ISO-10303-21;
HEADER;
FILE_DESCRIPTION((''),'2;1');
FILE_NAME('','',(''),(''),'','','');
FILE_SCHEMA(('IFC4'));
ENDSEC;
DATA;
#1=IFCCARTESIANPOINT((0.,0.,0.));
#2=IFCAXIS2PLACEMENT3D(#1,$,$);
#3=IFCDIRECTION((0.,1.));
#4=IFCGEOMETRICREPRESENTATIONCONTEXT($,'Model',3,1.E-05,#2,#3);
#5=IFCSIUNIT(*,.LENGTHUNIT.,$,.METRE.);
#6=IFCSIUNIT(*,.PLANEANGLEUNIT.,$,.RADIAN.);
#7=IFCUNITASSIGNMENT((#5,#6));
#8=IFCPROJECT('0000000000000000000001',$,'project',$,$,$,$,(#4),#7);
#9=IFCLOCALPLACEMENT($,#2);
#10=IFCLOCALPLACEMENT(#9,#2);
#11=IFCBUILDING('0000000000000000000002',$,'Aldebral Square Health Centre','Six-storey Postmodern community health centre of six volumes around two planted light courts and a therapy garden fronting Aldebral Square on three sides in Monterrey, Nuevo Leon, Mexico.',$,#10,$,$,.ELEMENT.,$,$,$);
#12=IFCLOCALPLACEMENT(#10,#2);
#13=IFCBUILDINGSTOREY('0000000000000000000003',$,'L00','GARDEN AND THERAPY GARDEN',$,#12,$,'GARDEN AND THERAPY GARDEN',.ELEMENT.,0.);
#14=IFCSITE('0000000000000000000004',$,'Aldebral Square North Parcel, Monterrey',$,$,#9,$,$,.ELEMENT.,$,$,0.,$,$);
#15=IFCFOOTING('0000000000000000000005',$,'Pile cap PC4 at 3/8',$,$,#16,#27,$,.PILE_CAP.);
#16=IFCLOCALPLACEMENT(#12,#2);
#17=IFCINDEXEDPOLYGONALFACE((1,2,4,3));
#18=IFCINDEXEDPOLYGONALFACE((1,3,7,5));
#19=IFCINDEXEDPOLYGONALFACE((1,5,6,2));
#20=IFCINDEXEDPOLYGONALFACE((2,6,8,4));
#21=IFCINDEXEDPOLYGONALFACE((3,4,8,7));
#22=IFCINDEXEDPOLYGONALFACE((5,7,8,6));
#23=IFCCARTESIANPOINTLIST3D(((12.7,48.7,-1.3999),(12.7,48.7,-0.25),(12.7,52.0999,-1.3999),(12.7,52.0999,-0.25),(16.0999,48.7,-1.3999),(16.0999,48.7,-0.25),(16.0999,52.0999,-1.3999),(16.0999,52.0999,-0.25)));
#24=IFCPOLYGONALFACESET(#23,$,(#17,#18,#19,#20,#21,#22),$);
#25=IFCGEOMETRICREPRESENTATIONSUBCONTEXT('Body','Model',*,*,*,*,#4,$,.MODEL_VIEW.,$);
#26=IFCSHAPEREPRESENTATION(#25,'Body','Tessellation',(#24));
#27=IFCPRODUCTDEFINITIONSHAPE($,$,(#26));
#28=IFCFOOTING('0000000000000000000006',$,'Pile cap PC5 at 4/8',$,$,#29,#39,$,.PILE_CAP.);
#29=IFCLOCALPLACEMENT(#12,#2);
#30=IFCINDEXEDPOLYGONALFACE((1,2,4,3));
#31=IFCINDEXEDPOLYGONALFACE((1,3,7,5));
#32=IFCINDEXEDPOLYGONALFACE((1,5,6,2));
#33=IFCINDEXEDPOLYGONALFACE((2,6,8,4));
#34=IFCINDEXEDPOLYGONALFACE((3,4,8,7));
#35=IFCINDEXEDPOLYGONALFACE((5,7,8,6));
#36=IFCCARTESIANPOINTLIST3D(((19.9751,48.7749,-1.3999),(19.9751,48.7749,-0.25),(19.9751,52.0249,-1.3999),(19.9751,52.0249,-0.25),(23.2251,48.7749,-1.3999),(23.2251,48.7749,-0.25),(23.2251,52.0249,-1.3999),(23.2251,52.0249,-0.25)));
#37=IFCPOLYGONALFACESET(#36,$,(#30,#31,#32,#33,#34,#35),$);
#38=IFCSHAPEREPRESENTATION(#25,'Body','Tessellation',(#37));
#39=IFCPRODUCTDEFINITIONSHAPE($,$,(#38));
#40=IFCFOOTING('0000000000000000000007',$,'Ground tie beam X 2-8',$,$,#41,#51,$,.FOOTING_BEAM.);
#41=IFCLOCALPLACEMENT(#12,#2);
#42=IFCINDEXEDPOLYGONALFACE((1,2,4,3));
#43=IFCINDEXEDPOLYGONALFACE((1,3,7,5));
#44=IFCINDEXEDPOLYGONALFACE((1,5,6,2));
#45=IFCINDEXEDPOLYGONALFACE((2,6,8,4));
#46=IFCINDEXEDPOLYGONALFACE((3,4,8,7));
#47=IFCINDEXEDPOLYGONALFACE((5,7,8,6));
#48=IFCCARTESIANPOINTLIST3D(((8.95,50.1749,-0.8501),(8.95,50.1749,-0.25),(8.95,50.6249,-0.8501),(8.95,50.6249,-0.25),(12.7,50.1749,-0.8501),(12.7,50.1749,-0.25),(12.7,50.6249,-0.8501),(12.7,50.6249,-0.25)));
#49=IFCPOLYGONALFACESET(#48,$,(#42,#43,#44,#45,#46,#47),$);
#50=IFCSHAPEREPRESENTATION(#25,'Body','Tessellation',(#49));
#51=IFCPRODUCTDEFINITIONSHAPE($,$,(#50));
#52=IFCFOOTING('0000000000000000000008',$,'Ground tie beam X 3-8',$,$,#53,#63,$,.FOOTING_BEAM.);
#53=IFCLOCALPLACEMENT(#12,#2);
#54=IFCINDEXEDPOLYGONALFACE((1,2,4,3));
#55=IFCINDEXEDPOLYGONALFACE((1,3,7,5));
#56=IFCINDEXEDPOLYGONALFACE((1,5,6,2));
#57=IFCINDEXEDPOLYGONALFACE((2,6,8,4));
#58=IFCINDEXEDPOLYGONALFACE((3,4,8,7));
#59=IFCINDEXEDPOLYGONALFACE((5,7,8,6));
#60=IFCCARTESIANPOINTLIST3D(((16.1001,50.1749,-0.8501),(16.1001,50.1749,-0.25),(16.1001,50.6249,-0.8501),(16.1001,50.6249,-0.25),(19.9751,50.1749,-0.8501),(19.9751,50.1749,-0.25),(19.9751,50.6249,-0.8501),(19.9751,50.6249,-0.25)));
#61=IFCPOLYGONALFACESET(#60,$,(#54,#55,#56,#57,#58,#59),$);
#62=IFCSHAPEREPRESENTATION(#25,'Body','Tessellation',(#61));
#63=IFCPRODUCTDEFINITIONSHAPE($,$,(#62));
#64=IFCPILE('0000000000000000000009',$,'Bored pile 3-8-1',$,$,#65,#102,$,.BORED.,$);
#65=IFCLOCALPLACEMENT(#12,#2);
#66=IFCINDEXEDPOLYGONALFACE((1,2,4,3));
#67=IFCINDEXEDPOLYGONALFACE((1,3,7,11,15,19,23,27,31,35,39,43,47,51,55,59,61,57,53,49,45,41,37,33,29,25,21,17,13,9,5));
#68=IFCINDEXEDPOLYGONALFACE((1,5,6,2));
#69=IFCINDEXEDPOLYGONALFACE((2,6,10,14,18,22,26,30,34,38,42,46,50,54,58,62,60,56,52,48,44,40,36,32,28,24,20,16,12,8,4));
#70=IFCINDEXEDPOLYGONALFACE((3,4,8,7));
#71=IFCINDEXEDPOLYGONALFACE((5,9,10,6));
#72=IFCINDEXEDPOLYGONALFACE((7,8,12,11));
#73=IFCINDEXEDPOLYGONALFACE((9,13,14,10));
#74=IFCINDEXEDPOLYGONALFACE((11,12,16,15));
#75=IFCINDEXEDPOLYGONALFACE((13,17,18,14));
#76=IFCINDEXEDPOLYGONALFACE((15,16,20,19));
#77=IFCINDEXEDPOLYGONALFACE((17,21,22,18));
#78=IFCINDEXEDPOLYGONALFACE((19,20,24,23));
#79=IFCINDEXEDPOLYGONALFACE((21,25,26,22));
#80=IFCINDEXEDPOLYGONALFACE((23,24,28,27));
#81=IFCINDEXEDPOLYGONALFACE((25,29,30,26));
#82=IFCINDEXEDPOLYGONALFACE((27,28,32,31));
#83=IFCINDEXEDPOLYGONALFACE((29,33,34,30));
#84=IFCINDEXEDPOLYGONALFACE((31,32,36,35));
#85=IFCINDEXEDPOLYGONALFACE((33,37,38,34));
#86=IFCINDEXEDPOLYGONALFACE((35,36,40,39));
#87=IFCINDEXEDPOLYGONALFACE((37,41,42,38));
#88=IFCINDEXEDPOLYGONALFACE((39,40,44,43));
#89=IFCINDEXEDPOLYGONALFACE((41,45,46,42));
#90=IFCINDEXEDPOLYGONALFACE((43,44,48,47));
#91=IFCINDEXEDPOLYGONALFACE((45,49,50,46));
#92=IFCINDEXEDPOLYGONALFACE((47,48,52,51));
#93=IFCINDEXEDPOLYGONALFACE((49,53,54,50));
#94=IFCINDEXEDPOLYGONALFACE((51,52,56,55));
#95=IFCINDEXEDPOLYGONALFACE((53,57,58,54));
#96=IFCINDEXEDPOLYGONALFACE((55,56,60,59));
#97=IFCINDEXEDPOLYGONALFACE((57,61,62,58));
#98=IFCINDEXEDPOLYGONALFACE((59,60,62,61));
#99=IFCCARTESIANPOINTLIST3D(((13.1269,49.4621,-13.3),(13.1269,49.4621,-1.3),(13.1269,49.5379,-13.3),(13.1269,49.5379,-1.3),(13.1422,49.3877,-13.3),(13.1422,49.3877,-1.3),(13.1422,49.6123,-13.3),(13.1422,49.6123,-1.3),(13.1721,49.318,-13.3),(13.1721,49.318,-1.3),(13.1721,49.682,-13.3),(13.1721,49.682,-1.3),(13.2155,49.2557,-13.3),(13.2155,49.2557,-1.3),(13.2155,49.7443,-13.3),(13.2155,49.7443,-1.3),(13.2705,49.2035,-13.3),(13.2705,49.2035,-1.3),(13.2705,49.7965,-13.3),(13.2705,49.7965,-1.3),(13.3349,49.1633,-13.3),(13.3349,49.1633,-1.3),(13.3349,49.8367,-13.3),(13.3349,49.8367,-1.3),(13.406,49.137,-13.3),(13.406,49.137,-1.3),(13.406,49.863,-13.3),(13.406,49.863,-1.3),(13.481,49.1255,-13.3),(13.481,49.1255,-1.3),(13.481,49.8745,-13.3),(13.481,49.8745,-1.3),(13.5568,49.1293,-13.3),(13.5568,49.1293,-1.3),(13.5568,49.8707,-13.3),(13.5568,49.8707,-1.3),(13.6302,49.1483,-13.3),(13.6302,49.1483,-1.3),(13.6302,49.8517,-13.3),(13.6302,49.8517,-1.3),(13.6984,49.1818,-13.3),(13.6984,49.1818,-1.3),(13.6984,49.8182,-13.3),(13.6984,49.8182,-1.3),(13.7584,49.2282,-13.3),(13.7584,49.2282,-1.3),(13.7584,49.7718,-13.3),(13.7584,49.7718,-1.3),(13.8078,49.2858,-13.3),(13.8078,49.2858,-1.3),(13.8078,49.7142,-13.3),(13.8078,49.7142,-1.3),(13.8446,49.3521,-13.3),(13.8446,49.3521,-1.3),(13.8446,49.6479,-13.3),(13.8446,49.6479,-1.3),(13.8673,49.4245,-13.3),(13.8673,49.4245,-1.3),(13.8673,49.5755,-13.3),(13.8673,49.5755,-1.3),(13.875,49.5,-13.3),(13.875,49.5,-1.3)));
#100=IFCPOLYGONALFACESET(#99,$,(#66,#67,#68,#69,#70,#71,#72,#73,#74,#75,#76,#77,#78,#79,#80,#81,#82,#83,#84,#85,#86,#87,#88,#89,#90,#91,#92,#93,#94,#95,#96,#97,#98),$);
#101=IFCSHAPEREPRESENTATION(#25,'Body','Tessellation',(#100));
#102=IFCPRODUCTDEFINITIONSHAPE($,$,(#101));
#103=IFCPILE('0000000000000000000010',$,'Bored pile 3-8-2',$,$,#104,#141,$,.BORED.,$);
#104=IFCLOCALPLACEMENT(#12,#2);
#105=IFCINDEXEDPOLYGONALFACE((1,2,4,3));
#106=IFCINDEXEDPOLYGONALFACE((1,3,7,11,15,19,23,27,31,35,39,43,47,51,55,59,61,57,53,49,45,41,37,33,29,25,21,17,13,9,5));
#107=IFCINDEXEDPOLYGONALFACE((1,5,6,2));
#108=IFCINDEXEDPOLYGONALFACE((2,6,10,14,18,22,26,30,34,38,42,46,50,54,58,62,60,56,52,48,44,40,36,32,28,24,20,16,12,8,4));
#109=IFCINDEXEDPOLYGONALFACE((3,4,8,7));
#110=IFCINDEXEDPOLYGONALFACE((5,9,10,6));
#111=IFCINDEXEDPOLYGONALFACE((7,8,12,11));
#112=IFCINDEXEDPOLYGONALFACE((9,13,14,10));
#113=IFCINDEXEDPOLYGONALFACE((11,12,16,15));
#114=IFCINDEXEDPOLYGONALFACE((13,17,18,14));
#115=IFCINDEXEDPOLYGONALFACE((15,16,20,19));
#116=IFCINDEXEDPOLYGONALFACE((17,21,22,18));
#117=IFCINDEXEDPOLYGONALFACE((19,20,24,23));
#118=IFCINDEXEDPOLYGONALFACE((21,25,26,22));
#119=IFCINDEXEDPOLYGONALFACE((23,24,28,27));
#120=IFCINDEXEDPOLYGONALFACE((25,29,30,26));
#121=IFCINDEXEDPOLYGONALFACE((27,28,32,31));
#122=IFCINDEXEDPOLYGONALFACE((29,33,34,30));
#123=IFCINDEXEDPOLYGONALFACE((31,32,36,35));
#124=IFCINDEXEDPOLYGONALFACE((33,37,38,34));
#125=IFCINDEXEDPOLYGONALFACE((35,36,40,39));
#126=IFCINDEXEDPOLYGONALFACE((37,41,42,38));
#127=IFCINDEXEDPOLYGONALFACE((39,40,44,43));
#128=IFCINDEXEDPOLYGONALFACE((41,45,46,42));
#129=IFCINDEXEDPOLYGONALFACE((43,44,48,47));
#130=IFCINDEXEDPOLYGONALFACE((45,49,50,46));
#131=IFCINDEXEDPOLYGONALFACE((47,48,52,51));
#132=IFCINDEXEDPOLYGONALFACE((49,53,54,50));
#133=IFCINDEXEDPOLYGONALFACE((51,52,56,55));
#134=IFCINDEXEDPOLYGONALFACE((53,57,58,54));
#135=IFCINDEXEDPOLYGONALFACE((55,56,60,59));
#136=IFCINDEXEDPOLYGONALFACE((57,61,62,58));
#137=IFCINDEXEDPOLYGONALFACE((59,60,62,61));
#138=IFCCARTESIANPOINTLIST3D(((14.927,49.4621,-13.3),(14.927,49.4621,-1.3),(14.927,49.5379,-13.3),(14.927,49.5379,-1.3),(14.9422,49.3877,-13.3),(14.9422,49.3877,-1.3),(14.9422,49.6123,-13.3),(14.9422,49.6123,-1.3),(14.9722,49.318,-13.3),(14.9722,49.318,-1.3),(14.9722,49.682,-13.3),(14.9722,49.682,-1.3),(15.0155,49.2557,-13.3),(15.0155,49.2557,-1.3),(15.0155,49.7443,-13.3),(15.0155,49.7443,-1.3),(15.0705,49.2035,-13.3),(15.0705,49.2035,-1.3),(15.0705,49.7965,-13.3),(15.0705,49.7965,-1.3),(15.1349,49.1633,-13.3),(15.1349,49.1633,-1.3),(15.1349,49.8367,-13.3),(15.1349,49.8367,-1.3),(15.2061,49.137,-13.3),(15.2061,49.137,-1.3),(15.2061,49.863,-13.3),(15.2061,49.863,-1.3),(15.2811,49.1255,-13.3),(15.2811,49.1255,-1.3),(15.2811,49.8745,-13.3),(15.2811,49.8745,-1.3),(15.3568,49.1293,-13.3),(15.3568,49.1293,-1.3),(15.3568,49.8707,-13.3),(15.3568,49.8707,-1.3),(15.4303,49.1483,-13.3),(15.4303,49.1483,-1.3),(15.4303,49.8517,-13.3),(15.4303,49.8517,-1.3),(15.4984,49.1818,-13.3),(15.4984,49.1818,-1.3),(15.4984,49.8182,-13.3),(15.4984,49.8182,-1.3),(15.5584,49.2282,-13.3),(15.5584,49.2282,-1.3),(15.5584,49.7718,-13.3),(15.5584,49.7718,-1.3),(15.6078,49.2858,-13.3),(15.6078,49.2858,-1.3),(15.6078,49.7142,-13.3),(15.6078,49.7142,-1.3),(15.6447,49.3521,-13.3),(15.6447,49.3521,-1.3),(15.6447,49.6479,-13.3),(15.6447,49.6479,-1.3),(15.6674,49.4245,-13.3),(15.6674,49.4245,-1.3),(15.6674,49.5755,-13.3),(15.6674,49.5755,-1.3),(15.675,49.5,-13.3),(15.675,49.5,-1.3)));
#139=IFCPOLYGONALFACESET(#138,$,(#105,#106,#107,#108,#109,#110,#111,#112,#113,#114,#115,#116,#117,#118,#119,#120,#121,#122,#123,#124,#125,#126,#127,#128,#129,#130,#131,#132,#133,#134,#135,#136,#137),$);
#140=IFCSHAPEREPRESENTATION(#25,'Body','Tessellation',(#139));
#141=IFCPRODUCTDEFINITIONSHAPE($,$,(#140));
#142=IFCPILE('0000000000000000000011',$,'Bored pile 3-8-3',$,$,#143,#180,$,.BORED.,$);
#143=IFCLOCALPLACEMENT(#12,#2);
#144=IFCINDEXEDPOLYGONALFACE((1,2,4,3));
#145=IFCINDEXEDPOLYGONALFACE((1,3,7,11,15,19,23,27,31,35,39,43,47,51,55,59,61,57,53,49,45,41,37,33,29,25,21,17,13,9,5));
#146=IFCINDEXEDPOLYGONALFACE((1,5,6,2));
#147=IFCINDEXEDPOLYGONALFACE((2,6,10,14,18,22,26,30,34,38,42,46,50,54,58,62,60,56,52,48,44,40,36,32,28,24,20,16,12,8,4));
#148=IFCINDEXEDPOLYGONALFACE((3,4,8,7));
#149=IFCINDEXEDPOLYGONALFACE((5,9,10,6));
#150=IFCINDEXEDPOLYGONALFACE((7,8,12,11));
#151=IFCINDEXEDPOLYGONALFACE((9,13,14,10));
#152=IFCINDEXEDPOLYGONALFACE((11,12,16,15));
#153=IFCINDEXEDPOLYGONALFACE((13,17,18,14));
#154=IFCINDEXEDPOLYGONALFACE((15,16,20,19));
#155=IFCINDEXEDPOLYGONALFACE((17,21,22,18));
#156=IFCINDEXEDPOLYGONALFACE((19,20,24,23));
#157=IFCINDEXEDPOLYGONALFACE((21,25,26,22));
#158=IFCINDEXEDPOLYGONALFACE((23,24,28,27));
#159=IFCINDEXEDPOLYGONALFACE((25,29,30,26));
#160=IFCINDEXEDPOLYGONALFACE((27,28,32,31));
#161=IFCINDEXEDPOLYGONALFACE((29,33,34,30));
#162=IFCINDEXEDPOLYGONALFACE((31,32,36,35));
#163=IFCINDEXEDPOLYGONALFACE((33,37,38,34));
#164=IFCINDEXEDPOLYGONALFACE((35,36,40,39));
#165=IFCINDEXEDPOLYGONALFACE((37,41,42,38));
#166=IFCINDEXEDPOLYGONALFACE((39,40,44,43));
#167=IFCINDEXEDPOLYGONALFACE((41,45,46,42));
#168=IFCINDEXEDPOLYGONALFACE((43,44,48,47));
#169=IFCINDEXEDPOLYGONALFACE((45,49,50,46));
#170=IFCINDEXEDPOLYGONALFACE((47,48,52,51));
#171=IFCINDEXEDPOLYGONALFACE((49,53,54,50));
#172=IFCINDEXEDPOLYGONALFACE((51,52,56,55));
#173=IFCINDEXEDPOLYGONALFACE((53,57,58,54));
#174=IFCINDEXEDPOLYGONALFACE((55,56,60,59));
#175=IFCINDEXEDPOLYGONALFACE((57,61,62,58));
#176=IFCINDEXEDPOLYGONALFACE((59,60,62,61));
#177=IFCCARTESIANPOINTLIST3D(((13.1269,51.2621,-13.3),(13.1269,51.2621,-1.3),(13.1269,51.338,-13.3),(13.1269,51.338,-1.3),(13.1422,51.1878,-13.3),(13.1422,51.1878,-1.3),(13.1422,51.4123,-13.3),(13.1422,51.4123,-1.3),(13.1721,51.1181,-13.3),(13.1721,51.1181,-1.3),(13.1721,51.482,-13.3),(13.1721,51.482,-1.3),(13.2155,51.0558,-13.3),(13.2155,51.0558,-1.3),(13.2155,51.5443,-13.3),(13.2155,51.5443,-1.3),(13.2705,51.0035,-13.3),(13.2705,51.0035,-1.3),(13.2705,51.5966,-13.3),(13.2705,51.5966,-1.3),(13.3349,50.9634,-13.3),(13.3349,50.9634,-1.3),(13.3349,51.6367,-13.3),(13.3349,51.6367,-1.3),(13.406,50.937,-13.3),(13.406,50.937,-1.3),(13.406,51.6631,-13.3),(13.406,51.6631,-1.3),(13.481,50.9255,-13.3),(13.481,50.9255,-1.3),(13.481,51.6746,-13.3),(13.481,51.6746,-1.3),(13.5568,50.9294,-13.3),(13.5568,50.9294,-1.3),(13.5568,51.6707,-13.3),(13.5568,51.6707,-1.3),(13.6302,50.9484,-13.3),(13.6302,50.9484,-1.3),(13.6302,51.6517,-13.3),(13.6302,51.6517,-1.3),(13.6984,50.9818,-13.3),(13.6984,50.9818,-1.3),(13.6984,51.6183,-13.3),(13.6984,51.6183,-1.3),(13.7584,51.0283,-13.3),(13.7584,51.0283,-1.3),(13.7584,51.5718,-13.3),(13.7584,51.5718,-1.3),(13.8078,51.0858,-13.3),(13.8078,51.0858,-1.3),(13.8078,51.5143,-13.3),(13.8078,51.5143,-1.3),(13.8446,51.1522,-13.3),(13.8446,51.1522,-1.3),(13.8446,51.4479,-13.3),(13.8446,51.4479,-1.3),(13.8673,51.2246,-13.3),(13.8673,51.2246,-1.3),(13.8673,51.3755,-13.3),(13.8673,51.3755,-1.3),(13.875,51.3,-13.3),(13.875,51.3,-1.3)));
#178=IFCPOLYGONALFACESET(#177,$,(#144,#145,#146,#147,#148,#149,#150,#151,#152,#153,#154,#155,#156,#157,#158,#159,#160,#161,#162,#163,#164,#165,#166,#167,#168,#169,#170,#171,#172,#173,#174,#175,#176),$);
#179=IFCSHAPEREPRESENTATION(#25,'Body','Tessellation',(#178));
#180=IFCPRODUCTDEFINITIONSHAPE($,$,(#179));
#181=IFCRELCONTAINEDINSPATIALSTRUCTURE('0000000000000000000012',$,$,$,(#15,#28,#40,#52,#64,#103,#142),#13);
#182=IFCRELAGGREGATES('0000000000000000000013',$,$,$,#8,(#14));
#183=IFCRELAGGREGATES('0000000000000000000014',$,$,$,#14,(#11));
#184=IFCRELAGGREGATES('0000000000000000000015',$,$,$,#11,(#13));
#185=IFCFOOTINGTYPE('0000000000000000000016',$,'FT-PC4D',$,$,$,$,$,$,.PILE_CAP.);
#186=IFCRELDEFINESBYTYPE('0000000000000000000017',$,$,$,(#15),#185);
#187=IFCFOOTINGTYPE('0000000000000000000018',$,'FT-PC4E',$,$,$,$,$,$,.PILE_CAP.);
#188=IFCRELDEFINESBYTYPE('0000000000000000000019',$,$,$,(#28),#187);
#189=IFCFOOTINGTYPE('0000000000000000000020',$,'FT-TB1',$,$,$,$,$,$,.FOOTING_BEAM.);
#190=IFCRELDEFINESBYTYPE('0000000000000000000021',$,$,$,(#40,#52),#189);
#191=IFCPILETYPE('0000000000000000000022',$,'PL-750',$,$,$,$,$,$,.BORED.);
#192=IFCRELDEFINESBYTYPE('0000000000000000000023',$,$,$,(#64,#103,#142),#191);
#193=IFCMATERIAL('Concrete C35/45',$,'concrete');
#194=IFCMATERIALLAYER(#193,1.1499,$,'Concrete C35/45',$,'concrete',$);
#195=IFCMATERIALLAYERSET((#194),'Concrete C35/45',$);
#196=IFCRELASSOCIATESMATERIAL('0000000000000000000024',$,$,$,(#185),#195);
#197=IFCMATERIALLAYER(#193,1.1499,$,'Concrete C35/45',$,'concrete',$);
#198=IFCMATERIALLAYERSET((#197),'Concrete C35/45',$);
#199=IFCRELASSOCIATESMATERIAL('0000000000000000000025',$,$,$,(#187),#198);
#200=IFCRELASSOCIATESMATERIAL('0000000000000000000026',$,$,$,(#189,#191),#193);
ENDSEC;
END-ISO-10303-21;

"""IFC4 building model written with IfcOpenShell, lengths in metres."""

from ifc_helpers import new_model, si_unit, direction, frame, origin, origin_2d, place, context, subcontext, project, spatial, rectangle, circle, extrude, material, layer, layer_set, material_profile, profile_set, type_object, element, save


model = new_model("IFC4")

# Units and contexts
model_context = context("Model", 3, precision=1e-05, world=origin(), true_north=direction((0.0, 1.0)))
body_context = subcontext(model_context, "Body", "Model", "MODEL_VIEW")
ifc_project = project(units=[si_unit("LENGTHUNIT", "METRE"), si_unit("PLANEANGLEUNIT", "RADIAN")], contexts=[model_context])

# Site, building, storey
site_placement = place(None, origin())
site = spatial("IfcSite", under=ifc_project, at=site_placement, Name="Aldebral Square North Parcel, Monterrey", CompositionType="ELEMENT", RefElevation=0.0)
building_placement = place(site_placement, origin())
building = spatial("IfcBuilding", under=site, at=building_placement, Name="Aldebral Square Health Centre", Description="Six-storey Postmodern community health centre of six volumes around two planted light courts and a therapy garden fronting Aldebral Square on three sides in Monterrey, Nuevo Leon, Mexico.", CompositionType="ELEMENT")
storey_placement = place(building_placement, origin())
storey = spatial("IfcBuildingStorey", under=building, at=storey_placement, Name="L00", Description="GARDEN AND THERAPY GARDEN", LongName="GARDEN AND THERAPY GARDEN", CompositionType="ELEMENT", Elevation=0.0)

# Footings
ifc_material_1 = material(Name="Concrete C35/45", Category="concrete")
ifc_layer_1 = layer(ifc_material_1, 1.1499, Name="Concrete C35/45", Category="concrete")
ifc_layer_set_1 = layer_set([ifc_layer_1], Name="Concrete C35/45")
footing_type_1 = type_object("IfcFootingType", Name="FT-PC4D", PredefinedType="PILE_CAP", material=ifc_layer_set_1)
footing_1_placement = place(storey_placement, frame((14.3999, 50.3999, -1.3999), z_axis=(0.0, 0.0, 1.0), x_axis=(1.0, 0.0, 0.0)))
element("IfcFooting", 1, at=footing_1_placement, inside=storey, type_object=footing_type_1, Name="Pile cap PC4 at 3/8", PredefinedType="PILE_CAP", context=body_context, shape_type="SweptSolid", body=[
    extrude(rectangle(XDim=3.3999, YDim=3.3999, at=origin_2d()), origin(), (0.0, 0.0, 1.0), 1.1499),
])
ifc_layer_2 = layer(ifc_material_1, 1.1499, Name="Concrete C35/45", Category="concrete")
ifc_layer_set_2 = layer_set([ifc_layer_2], Name="Concrete C35/45")
footing_type_2 = type_object("IfcFootingType", Name="FT-PC4E", PredefinedType="PILE_CAP", material=ifc_layer_set_2)
footing_2_placement = place(storey_placement, frame((21.6001, 50.3999, -1.3999), z_axis=(0.0, 0.0, 1.0), x_axis=(1.0, 0.0, 0.0)))
element("IfcFooting", 2, at=footing_2_placement, inside=storey, type_object=footing_type_2, Name="Pile cap PC5 at 4/8", PredefinedType="PILE_CAP", context=body_context, shape_type="SweptSolid", body=[
    extrude(rectangle(XDim=3.25, YDim=3.25, at=origin_2d()), origin(), (0.0, 0.0, 1.0), 1.1499),
])
ifc_material_profile_1 = material_profile(ifc_material_1, rectangle(XDim=0.45, YDim=0.6001, at=origin_2d()), Name="RC 450x600")
ifc_profile_set_1 = profile_set([ifc_material_profile_1], Name="Concrete C35/45")
footing_type_3 = type_object("IfcFootingType", Name="FT-TB1", PredefinedType="FOOTING_BEAM", material=ifc_profile_set_1)
footing_3_placement = place(storey_placement, frame((8.95, 50.3999, -0.55), z_axis=(1.0, 0.0, 0.0), x_axis=(0.0, 1.0, 0.0)))
element("IfcFooting", 3, at=footing_3_placement, inside=storey, type_object=footing_type_3, Name="Ground tie beam X 2-8", PredefinedType="FOOTING_BEAM", context=body_context, shape_type="SweptSolid", body=[
    extrude(rectangle(XDim=0.45, YDim=0.6001, at=origin_2d()), origin(), (0.0, 0.0, 1.0), 3.75),
])
footing_4_placement = place(storey_placement, frame((16.1001, 50.3999, -0.55), z_axis=(1.0, 0.0, 0.0), x_axis=(0.0, 1.0, 0.0)))
element("IfcFooting", 4, at=footing_4_placement, inside=storey, type_object=footing_type_3, Name="Ground tie beam X 3-8", PredefinedType="FOOTING_BEAM", context=body_context, shape_type="SweptSolid", body=[
    extrude(rectangle(XDim=0.45, YDim=0.6001, at=origin_2d()), origin(), (0.0, 0.0, 1.0), 3.875),
])

# Piles
ifc_material_profile_2 = material_profile(ifc_material_1, circle(Radius=0.375, at=origin_2d()), Name="PILE D750")
ifc_profile_set_2 = profile_set([ifc_material_profile_2], Name="Concrete C35/45")
pile_type = type_object("IfcPileType", Name="PL-750", PredefinedType="BORED", material=ifc_profile_set_2)
for number, where, z_axis, x_axis, name in (
    (5, (13.5, 49.5, -1.3), (0.0, 0.0, -1.0), (1.0, 0.0, 0.0), "Bored pile 3-8-1"),
    (6, (15.3, 49.5, -1.3), (0.0, 0.0, -1.0), (1.0, 0.0, 0.0), "Bored pile 3-8-2"),
    (7, (13.5, 51.3, -1.3), (0.0, 0.0, -1.0), (1.0, 0.0, 0.0), "Bored pile 3-8-3"),
):
    element("IfcPile", number, at=place(storey_placement, frame(where, z_axis=z_axis, x_axis=x_axis)), inside=storey, type_object=pile_type, Name=name, PredefinedType="BORED", context=body_context, shape_type="SweptSolid", body=[
        extrude(circle(Radius=0.375, at=origin_2d()), origin(), (0.0, 0.0, 1.0), 12.0),
    ])

save(model, "model.ifc")
